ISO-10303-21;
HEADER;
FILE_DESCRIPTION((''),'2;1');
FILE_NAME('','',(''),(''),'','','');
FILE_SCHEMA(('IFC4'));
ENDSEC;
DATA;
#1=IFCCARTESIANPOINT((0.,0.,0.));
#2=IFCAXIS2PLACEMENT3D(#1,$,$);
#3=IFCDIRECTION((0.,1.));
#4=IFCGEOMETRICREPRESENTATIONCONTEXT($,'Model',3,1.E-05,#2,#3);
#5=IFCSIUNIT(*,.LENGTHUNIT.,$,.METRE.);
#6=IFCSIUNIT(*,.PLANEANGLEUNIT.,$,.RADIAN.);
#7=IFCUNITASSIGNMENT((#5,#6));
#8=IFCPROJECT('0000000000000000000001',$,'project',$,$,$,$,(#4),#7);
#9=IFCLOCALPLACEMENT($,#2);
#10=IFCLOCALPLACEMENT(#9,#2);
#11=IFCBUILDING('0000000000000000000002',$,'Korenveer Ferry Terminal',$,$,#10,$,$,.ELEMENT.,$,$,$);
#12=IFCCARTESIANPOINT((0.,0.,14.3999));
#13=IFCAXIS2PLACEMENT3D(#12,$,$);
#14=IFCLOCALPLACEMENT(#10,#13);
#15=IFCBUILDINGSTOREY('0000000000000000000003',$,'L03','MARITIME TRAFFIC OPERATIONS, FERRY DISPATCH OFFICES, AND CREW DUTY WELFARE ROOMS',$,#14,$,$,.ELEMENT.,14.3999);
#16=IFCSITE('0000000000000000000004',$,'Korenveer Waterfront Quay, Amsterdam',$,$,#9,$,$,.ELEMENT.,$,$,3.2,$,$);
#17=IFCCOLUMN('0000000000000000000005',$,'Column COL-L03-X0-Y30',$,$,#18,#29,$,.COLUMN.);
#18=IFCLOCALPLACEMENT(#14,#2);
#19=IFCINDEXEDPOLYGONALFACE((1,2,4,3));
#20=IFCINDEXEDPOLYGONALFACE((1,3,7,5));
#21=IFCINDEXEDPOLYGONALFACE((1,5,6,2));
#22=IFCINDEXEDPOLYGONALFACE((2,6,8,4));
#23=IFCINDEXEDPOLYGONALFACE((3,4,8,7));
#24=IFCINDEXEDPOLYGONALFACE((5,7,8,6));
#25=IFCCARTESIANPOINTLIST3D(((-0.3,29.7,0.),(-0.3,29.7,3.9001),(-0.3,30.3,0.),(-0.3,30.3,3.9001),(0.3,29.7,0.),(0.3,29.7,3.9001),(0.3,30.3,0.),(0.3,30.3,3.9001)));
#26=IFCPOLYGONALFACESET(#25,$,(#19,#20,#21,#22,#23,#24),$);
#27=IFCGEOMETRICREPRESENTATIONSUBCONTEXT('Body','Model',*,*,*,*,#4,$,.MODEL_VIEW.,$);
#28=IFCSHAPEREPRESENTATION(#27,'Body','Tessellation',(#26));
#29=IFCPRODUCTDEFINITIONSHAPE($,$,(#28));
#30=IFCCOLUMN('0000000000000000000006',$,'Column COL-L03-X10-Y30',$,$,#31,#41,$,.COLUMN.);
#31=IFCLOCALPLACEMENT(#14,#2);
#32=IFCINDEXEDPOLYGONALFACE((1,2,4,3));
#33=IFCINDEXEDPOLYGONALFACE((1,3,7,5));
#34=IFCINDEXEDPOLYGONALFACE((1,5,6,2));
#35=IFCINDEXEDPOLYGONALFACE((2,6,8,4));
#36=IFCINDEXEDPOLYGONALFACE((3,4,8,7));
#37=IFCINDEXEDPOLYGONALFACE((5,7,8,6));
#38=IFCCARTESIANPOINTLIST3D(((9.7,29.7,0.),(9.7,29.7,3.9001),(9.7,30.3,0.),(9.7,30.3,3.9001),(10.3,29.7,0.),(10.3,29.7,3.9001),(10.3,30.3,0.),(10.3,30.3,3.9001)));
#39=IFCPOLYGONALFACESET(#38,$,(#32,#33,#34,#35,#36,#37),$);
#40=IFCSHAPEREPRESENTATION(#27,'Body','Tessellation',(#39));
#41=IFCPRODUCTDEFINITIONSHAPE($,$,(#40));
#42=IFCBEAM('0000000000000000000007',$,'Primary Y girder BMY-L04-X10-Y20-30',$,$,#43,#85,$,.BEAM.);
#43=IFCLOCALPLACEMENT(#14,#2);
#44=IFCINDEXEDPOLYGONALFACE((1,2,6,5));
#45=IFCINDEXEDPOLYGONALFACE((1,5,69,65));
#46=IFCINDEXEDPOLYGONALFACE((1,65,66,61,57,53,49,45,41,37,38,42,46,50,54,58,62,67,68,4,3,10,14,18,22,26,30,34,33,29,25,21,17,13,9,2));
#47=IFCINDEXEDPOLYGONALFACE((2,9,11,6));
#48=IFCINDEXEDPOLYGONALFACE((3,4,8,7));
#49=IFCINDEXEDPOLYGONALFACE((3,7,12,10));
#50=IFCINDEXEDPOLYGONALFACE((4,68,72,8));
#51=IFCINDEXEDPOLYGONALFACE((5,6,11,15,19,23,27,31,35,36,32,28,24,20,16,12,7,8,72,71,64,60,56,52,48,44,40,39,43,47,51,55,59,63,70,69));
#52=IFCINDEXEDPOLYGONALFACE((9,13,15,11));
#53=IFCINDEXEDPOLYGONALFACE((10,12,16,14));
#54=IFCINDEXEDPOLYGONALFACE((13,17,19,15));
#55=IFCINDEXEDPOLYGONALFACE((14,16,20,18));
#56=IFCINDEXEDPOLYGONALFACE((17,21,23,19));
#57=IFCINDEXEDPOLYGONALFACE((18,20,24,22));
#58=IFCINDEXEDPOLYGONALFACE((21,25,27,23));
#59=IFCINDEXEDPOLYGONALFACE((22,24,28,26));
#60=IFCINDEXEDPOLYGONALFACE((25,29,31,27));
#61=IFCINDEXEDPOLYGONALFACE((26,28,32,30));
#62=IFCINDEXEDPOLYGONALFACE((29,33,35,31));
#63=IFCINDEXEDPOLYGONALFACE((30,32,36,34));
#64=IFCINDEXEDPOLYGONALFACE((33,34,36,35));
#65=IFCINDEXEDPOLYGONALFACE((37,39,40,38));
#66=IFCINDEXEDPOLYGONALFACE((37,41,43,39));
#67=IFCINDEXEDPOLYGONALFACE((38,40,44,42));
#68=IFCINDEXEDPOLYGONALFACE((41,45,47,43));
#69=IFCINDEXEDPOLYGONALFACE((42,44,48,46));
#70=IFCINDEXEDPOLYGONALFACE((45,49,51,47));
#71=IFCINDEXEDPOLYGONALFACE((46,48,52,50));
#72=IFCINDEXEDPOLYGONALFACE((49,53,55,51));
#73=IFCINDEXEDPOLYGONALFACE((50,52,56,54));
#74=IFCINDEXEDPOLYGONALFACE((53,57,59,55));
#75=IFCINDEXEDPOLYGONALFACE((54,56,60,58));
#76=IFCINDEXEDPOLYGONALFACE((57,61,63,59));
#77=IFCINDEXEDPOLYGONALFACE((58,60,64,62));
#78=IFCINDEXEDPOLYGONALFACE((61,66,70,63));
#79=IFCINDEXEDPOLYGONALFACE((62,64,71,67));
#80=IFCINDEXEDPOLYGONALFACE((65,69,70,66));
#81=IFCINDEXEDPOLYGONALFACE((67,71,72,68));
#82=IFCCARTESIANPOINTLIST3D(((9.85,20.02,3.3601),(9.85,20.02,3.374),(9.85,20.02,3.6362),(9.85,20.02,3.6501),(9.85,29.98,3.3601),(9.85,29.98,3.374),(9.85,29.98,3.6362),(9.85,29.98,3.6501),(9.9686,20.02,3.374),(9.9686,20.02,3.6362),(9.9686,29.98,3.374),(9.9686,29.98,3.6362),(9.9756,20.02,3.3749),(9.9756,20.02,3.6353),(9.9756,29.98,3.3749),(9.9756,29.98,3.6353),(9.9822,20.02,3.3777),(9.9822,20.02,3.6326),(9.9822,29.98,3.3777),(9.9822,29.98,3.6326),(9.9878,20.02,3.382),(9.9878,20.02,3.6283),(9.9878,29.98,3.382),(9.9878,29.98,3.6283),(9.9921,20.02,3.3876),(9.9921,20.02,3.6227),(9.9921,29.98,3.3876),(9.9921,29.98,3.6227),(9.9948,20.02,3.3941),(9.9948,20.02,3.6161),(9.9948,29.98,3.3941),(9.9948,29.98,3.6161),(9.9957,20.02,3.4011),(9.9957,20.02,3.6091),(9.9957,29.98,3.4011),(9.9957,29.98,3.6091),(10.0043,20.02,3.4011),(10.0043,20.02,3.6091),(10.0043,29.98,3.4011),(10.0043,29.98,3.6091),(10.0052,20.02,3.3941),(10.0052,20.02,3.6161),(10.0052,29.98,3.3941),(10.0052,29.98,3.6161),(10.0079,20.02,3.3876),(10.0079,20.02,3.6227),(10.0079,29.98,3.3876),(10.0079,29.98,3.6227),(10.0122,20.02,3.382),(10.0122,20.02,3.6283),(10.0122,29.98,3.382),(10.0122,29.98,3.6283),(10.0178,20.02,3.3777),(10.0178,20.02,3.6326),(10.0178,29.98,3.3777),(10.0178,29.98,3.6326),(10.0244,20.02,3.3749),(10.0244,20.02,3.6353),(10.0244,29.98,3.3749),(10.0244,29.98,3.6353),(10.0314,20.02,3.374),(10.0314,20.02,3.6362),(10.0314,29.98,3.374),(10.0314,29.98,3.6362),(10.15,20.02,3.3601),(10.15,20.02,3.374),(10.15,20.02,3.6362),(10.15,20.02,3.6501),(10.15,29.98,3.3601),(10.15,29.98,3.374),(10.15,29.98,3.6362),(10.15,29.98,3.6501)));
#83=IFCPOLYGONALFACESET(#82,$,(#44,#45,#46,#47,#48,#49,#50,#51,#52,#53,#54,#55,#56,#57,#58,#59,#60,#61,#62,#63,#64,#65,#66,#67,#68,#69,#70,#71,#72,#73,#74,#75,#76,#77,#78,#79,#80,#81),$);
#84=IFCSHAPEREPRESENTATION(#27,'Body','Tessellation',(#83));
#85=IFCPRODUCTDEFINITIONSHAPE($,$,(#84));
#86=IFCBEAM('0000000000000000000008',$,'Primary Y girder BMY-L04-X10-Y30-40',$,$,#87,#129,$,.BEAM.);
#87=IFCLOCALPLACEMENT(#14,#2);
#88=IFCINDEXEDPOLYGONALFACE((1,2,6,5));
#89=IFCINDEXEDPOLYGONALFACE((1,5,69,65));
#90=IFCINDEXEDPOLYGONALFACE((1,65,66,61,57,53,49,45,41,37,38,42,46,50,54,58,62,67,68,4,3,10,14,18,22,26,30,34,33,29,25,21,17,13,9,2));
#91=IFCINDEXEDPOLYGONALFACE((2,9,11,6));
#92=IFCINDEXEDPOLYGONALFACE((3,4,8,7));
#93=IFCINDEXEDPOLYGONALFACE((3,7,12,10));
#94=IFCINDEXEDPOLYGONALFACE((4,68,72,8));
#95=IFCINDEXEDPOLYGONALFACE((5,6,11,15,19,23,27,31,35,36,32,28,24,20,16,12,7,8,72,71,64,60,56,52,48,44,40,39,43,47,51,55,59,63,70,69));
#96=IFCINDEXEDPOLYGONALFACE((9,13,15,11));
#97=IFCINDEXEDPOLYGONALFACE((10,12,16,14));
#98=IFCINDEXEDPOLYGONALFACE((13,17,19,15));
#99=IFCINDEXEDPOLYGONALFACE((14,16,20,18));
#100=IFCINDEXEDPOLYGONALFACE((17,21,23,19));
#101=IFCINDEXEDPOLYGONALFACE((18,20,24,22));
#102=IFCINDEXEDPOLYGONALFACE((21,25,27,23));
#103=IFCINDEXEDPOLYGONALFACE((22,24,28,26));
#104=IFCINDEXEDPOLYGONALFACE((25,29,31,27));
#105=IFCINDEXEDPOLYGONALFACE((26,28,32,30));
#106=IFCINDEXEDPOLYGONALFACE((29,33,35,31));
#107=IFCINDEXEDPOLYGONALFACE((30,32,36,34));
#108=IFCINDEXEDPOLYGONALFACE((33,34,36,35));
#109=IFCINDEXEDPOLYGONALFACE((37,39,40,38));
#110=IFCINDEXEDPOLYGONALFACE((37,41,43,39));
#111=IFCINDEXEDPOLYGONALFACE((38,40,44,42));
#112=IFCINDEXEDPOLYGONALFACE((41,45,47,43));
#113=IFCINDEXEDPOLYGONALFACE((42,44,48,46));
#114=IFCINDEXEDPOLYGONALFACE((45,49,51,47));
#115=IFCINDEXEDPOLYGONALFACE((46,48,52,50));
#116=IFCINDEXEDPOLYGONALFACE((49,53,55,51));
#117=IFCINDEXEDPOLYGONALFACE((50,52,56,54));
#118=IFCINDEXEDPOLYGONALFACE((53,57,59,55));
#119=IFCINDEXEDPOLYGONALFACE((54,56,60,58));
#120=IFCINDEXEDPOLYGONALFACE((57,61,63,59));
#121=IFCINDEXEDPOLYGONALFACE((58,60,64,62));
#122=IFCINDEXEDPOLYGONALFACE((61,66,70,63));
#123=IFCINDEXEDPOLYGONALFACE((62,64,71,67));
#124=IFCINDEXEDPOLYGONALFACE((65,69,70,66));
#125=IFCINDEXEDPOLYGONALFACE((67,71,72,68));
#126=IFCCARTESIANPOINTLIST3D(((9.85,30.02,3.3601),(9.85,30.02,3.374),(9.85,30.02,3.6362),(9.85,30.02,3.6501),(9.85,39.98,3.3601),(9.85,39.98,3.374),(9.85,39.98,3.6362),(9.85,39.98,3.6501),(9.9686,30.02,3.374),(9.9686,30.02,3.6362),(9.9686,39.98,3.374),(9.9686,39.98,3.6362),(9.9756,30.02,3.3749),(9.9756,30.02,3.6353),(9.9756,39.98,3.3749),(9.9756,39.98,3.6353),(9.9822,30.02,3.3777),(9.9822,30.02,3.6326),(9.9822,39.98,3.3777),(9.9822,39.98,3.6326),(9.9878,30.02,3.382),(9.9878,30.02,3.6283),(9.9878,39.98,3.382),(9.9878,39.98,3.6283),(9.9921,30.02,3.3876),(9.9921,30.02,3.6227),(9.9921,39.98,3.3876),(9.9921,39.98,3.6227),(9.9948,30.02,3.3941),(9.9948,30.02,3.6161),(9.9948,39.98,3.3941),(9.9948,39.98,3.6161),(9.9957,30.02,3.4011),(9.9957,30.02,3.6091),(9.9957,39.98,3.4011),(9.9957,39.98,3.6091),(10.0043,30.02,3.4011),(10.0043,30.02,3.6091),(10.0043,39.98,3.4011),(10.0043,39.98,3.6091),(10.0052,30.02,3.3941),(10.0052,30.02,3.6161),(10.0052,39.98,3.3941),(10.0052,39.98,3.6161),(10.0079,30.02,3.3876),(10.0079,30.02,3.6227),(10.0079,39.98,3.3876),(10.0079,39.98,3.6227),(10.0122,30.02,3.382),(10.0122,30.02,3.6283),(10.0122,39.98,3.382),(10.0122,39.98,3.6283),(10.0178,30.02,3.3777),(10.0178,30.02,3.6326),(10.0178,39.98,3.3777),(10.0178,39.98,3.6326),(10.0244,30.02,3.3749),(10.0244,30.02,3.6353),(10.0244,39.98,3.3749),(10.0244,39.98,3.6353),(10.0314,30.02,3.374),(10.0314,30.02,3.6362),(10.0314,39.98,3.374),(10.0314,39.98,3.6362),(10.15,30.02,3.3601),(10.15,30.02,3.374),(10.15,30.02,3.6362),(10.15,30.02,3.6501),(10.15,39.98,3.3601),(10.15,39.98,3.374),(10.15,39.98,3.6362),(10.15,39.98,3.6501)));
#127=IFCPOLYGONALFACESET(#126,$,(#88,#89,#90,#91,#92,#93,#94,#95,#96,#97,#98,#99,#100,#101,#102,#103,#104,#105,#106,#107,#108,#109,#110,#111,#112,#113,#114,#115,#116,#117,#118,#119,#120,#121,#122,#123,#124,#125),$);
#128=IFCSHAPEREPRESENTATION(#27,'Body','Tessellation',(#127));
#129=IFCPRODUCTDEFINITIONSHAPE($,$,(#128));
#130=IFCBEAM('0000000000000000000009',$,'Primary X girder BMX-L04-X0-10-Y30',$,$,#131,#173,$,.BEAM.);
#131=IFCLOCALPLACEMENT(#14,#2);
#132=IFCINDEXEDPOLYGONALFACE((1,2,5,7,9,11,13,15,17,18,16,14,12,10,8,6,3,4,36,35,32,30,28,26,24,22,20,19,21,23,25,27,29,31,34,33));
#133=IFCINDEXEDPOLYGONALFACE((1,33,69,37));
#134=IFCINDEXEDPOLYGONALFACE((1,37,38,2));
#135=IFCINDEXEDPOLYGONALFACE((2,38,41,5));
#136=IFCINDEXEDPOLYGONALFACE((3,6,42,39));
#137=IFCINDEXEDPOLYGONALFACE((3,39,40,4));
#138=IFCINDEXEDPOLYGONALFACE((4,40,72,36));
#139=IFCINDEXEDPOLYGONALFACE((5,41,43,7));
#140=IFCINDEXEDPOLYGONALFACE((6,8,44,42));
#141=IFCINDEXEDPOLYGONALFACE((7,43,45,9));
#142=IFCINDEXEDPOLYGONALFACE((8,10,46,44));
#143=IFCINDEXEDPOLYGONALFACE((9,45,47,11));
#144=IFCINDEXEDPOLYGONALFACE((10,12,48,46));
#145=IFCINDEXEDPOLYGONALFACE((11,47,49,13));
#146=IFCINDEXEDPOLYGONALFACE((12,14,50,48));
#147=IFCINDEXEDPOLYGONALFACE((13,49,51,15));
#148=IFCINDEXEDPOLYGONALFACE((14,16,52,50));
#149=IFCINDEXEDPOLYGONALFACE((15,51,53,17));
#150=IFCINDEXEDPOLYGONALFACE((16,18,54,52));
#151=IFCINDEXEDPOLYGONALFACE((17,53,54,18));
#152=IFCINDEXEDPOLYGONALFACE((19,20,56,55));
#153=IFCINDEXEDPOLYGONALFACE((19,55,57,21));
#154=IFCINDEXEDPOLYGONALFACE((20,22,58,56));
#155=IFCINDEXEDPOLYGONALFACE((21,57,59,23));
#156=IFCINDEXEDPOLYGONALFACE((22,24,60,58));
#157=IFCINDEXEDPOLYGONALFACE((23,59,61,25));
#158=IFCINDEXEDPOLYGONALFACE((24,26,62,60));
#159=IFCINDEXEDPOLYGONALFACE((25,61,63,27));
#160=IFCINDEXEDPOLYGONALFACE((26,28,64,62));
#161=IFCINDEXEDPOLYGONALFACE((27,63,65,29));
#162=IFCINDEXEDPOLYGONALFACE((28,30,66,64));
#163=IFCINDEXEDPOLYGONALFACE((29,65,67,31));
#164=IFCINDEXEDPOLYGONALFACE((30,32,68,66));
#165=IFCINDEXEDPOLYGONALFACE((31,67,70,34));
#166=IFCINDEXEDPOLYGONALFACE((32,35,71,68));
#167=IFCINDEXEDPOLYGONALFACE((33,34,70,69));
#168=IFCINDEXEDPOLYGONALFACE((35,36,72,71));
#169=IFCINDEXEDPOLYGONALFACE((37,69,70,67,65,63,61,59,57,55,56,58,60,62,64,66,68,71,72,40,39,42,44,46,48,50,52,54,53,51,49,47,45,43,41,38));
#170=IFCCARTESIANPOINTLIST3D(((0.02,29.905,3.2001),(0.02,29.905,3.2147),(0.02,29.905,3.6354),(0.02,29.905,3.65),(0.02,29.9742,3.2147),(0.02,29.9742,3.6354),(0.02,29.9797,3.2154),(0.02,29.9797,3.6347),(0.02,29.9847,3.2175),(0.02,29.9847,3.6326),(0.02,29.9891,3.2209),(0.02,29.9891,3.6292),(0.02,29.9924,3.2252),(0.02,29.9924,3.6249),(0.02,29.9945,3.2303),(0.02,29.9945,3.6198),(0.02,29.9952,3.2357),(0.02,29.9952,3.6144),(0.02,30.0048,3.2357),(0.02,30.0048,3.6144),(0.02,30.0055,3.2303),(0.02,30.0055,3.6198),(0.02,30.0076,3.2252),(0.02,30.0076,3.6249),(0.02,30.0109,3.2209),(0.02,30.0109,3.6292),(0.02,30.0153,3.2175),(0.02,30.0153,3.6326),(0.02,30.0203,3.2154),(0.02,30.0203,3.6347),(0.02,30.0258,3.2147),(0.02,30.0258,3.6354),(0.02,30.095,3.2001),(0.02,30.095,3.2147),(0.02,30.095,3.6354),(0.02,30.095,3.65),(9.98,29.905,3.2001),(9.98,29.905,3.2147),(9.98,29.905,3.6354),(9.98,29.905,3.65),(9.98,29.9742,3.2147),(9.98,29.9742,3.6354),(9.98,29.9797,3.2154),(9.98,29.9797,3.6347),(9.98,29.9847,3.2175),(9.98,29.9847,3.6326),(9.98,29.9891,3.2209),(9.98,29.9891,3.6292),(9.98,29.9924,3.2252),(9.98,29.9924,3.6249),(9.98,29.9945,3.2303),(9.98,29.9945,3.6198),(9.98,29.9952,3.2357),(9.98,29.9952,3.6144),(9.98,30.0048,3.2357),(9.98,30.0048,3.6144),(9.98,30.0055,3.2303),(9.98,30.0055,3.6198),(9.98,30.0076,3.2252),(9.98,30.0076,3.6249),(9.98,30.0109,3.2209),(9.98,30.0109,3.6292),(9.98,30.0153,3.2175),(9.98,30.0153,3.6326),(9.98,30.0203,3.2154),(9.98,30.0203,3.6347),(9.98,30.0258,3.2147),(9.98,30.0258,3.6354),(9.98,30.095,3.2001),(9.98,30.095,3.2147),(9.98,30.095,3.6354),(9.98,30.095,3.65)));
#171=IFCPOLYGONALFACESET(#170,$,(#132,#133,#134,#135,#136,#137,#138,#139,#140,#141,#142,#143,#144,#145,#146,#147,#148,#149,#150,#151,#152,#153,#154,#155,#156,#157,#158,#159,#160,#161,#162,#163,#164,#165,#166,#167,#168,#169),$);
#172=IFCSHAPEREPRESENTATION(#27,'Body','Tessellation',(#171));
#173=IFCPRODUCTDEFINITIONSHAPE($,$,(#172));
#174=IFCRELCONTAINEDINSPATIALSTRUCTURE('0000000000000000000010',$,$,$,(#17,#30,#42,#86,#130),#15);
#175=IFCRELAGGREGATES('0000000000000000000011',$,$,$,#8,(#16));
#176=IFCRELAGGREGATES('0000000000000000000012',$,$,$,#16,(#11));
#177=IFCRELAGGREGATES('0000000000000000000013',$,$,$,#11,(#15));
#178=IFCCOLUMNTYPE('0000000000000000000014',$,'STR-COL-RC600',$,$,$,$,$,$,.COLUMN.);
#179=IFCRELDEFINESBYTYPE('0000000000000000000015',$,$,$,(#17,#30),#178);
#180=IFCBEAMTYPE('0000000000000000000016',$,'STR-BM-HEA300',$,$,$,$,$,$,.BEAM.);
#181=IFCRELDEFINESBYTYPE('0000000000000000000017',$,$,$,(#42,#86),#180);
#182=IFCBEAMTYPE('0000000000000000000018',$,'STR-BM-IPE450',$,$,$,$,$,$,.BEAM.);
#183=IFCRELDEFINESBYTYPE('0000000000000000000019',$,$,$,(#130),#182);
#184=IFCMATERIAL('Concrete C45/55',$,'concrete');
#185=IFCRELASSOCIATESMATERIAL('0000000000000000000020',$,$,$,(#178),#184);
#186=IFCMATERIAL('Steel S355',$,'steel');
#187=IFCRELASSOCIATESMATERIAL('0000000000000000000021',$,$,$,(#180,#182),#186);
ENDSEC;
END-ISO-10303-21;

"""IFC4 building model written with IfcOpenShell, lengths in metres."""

from ifc_helpers import new_model, si_unit, direction, frame, origin, origin_2d, place, context, subcontext, project, spatial, rectangle, i_section, extrude, material, material_profile, profile_set, type_object, element, save


model = new_model("IFC4")

# Units and contexts
model_context = context("Model", 3, precision=1e-05, world=origin(), true_north=direction((0.0, 1.0)))
body_context = subcontext(model_context, "Body", "Model", "MODEL_VIEW")
ifc_project = project(units=[si_unit("LENGTHUNIT", "METRE"), si_unit("PLANEANGLEUNIT", "RADIAN")], contexts=[model_context])

# Site, building, storey
site_placement = place(None, origin())
site = spatial("IfcSite", under=ifc_project, at=site_placement, Name="Korenveer Waterfront Quay, Amsterdam", CompositionType="ELEMENT", RefElevation=3.2)
building_placement = place(site_placement, origin())
building = spatial("IfcBuilding", under=site, at=building_placement, Name="Korenveer Ferry Terminal", CompositionType="ELEMENT")
storey_placement = place(building_placement, frame((0.0, 0.0, 14.3999)))
storey = spatial("IfcBuildingStorey", under=building, at=storey_placement, Name="L03", Description="MARITIME TRAFFIC OPERATIONS, FERRY DISPATCH OFFICES, AND CREW DUTY WELFARE ROOMS", CompositionType="ELEMENT", Elevation=14.3999)

# Columns
ifc_material_1 = material(Name="Concrete C45/55", Category="concrete")
ifc_material_profile_1 = material_profile(ifc_material_1, rectangle(XDim=0.6001, YDim=0.6001, at=origin_2d()), Name="RC 600x600")
ifc_profile_set_1 = profile_set([ifc_material_profile_1], Name="Concrete C45/55")
column_type = type_object("IfcColumnType", Name="STR-COL-RC600", PredefinedType="COLUMN", material=ifc_profile_set_1)
for number, where, z_axis, x_axis, name in (
    (1, (0.0, 30.0, 0.0), (0.0, 0.0, 1.0), (1.0, 0.0, 0.0), "Column COL-L03-X0-Y30"),
    (2, (10.0, 30.0, 0.0), (0.0, 0.0, 1.0), (1.0, 0.0, 0.0), "Column COL-L03-X10-Y30"),
):
    element("IfcColumn", number, at=place(storey_placement, frame(where, z_axis=z_axis, x_axis=x_axis)), inside=storey, type_object=column_type, Name=name, PredefinedType="COLUMN", context=body_context, shape_type="SweptSolid", body=[
        extrude(rectangle(XDim=0.6001, YDim=0.6001, at=origin_2d()), origin(), (0.0, 0.0, 1.0), 3.9001),
    ])

# Beams
ifc_material_2 = material(Name="Steel S355", Category="steel")
ifc_material_profile_2 = material_profile(ifc_material_2, i_section(OverallWidth=0.3, OverallDepth=0.29, WebThickness=0.0085, FlangeThickness=0.0139, FilletRadius=0.0271, at=origin_2d()), Name="HEA 300")
ifc_profile_set_2 = profile_set([ifc_material_profile_2], Name="Steel S355")
beam_type_1 = type_object("IfcBeamType", Name="STR-BM-HEA300", PredefinedType="BEAM", material=ifc_profile_set_2)
for number, where, z_axis, x_axis, name in (
    (3, (10.0, 20.02, 3.5051), (0.0, 1.0, 0.0), (-1.0, 0.0, 0.0), "Primary Y girder BMY-L04-X10-Y20-30"),
    (4, (10.0, 30.02, 3.5051), (0.0, 1.0, 0.0), (-1.0, 0.0, 0.0), "Primary Y girder BMY-L04-X10-Y30-40"),
):
    element("IfcBeam", number, at=place(storey_placement, frame(where, z_axis=z_axis, x_axis=x_axis)), inside=storey, type_object=beam_type_1, Name=name, PredefinedType="BEAM", context=body_context, shape_type="SweptSolid", body=[
        extrude(i_section(OverallWidth=0.3, OverallDepth=0.29, WebThickness=0.0085, FlangeThickness=0.0139, FilletRadius=0.0271, at=origin_2d()), origin(), (0.0, 0.0, 1.0), 9.96),
    ])
ifc_material_profile_3 = material_profile(ifc_material_2, i_section(OverallWidth=0.1899, OverallDepth=0.45, WebThickness=0.0095, FlangeThickness=0.0146, FilletRadius=0.021, at=origin_2d()), Name="IPE 450")
ifc_profile_set_3 = profile_set([ifc_material_profile_3], Name="Steel S355")
beam_type_2 = type_object("IfcBeamType", Name="STR-BM-IPE450", PredefinedType="BEAM", material=ifc_profile_set_3)
for number, where, z_axis, x_axis, name in (
    (5, (0.02, 30.0, 3.425), (1.0, 0.0, 0.0), (0.0, 1.0, 0.0), "Primary X girder BMX-L04-X0-10-Y30"),
):
    element("IfcBeam", number, at=place(storey_placement, frame(where, z_axis=z_axis, x_axis=x_axis)), inside=storey, type_object=beam_type_2, Name=name, PredefinedType="BEAM", context=body_context, shape_type="SweptSolid", body=[
        extrude(i_section(OverallWidth=0.1899, OverallDepth=0.45, WebThickness=0.0095, FlangeThickness=0.0146, FilletRadius=0.021, at=origin_2d()), origin(), (0.0, 0.0, 1.0), 9.96),
    ])

save(model, "model.ifc")
